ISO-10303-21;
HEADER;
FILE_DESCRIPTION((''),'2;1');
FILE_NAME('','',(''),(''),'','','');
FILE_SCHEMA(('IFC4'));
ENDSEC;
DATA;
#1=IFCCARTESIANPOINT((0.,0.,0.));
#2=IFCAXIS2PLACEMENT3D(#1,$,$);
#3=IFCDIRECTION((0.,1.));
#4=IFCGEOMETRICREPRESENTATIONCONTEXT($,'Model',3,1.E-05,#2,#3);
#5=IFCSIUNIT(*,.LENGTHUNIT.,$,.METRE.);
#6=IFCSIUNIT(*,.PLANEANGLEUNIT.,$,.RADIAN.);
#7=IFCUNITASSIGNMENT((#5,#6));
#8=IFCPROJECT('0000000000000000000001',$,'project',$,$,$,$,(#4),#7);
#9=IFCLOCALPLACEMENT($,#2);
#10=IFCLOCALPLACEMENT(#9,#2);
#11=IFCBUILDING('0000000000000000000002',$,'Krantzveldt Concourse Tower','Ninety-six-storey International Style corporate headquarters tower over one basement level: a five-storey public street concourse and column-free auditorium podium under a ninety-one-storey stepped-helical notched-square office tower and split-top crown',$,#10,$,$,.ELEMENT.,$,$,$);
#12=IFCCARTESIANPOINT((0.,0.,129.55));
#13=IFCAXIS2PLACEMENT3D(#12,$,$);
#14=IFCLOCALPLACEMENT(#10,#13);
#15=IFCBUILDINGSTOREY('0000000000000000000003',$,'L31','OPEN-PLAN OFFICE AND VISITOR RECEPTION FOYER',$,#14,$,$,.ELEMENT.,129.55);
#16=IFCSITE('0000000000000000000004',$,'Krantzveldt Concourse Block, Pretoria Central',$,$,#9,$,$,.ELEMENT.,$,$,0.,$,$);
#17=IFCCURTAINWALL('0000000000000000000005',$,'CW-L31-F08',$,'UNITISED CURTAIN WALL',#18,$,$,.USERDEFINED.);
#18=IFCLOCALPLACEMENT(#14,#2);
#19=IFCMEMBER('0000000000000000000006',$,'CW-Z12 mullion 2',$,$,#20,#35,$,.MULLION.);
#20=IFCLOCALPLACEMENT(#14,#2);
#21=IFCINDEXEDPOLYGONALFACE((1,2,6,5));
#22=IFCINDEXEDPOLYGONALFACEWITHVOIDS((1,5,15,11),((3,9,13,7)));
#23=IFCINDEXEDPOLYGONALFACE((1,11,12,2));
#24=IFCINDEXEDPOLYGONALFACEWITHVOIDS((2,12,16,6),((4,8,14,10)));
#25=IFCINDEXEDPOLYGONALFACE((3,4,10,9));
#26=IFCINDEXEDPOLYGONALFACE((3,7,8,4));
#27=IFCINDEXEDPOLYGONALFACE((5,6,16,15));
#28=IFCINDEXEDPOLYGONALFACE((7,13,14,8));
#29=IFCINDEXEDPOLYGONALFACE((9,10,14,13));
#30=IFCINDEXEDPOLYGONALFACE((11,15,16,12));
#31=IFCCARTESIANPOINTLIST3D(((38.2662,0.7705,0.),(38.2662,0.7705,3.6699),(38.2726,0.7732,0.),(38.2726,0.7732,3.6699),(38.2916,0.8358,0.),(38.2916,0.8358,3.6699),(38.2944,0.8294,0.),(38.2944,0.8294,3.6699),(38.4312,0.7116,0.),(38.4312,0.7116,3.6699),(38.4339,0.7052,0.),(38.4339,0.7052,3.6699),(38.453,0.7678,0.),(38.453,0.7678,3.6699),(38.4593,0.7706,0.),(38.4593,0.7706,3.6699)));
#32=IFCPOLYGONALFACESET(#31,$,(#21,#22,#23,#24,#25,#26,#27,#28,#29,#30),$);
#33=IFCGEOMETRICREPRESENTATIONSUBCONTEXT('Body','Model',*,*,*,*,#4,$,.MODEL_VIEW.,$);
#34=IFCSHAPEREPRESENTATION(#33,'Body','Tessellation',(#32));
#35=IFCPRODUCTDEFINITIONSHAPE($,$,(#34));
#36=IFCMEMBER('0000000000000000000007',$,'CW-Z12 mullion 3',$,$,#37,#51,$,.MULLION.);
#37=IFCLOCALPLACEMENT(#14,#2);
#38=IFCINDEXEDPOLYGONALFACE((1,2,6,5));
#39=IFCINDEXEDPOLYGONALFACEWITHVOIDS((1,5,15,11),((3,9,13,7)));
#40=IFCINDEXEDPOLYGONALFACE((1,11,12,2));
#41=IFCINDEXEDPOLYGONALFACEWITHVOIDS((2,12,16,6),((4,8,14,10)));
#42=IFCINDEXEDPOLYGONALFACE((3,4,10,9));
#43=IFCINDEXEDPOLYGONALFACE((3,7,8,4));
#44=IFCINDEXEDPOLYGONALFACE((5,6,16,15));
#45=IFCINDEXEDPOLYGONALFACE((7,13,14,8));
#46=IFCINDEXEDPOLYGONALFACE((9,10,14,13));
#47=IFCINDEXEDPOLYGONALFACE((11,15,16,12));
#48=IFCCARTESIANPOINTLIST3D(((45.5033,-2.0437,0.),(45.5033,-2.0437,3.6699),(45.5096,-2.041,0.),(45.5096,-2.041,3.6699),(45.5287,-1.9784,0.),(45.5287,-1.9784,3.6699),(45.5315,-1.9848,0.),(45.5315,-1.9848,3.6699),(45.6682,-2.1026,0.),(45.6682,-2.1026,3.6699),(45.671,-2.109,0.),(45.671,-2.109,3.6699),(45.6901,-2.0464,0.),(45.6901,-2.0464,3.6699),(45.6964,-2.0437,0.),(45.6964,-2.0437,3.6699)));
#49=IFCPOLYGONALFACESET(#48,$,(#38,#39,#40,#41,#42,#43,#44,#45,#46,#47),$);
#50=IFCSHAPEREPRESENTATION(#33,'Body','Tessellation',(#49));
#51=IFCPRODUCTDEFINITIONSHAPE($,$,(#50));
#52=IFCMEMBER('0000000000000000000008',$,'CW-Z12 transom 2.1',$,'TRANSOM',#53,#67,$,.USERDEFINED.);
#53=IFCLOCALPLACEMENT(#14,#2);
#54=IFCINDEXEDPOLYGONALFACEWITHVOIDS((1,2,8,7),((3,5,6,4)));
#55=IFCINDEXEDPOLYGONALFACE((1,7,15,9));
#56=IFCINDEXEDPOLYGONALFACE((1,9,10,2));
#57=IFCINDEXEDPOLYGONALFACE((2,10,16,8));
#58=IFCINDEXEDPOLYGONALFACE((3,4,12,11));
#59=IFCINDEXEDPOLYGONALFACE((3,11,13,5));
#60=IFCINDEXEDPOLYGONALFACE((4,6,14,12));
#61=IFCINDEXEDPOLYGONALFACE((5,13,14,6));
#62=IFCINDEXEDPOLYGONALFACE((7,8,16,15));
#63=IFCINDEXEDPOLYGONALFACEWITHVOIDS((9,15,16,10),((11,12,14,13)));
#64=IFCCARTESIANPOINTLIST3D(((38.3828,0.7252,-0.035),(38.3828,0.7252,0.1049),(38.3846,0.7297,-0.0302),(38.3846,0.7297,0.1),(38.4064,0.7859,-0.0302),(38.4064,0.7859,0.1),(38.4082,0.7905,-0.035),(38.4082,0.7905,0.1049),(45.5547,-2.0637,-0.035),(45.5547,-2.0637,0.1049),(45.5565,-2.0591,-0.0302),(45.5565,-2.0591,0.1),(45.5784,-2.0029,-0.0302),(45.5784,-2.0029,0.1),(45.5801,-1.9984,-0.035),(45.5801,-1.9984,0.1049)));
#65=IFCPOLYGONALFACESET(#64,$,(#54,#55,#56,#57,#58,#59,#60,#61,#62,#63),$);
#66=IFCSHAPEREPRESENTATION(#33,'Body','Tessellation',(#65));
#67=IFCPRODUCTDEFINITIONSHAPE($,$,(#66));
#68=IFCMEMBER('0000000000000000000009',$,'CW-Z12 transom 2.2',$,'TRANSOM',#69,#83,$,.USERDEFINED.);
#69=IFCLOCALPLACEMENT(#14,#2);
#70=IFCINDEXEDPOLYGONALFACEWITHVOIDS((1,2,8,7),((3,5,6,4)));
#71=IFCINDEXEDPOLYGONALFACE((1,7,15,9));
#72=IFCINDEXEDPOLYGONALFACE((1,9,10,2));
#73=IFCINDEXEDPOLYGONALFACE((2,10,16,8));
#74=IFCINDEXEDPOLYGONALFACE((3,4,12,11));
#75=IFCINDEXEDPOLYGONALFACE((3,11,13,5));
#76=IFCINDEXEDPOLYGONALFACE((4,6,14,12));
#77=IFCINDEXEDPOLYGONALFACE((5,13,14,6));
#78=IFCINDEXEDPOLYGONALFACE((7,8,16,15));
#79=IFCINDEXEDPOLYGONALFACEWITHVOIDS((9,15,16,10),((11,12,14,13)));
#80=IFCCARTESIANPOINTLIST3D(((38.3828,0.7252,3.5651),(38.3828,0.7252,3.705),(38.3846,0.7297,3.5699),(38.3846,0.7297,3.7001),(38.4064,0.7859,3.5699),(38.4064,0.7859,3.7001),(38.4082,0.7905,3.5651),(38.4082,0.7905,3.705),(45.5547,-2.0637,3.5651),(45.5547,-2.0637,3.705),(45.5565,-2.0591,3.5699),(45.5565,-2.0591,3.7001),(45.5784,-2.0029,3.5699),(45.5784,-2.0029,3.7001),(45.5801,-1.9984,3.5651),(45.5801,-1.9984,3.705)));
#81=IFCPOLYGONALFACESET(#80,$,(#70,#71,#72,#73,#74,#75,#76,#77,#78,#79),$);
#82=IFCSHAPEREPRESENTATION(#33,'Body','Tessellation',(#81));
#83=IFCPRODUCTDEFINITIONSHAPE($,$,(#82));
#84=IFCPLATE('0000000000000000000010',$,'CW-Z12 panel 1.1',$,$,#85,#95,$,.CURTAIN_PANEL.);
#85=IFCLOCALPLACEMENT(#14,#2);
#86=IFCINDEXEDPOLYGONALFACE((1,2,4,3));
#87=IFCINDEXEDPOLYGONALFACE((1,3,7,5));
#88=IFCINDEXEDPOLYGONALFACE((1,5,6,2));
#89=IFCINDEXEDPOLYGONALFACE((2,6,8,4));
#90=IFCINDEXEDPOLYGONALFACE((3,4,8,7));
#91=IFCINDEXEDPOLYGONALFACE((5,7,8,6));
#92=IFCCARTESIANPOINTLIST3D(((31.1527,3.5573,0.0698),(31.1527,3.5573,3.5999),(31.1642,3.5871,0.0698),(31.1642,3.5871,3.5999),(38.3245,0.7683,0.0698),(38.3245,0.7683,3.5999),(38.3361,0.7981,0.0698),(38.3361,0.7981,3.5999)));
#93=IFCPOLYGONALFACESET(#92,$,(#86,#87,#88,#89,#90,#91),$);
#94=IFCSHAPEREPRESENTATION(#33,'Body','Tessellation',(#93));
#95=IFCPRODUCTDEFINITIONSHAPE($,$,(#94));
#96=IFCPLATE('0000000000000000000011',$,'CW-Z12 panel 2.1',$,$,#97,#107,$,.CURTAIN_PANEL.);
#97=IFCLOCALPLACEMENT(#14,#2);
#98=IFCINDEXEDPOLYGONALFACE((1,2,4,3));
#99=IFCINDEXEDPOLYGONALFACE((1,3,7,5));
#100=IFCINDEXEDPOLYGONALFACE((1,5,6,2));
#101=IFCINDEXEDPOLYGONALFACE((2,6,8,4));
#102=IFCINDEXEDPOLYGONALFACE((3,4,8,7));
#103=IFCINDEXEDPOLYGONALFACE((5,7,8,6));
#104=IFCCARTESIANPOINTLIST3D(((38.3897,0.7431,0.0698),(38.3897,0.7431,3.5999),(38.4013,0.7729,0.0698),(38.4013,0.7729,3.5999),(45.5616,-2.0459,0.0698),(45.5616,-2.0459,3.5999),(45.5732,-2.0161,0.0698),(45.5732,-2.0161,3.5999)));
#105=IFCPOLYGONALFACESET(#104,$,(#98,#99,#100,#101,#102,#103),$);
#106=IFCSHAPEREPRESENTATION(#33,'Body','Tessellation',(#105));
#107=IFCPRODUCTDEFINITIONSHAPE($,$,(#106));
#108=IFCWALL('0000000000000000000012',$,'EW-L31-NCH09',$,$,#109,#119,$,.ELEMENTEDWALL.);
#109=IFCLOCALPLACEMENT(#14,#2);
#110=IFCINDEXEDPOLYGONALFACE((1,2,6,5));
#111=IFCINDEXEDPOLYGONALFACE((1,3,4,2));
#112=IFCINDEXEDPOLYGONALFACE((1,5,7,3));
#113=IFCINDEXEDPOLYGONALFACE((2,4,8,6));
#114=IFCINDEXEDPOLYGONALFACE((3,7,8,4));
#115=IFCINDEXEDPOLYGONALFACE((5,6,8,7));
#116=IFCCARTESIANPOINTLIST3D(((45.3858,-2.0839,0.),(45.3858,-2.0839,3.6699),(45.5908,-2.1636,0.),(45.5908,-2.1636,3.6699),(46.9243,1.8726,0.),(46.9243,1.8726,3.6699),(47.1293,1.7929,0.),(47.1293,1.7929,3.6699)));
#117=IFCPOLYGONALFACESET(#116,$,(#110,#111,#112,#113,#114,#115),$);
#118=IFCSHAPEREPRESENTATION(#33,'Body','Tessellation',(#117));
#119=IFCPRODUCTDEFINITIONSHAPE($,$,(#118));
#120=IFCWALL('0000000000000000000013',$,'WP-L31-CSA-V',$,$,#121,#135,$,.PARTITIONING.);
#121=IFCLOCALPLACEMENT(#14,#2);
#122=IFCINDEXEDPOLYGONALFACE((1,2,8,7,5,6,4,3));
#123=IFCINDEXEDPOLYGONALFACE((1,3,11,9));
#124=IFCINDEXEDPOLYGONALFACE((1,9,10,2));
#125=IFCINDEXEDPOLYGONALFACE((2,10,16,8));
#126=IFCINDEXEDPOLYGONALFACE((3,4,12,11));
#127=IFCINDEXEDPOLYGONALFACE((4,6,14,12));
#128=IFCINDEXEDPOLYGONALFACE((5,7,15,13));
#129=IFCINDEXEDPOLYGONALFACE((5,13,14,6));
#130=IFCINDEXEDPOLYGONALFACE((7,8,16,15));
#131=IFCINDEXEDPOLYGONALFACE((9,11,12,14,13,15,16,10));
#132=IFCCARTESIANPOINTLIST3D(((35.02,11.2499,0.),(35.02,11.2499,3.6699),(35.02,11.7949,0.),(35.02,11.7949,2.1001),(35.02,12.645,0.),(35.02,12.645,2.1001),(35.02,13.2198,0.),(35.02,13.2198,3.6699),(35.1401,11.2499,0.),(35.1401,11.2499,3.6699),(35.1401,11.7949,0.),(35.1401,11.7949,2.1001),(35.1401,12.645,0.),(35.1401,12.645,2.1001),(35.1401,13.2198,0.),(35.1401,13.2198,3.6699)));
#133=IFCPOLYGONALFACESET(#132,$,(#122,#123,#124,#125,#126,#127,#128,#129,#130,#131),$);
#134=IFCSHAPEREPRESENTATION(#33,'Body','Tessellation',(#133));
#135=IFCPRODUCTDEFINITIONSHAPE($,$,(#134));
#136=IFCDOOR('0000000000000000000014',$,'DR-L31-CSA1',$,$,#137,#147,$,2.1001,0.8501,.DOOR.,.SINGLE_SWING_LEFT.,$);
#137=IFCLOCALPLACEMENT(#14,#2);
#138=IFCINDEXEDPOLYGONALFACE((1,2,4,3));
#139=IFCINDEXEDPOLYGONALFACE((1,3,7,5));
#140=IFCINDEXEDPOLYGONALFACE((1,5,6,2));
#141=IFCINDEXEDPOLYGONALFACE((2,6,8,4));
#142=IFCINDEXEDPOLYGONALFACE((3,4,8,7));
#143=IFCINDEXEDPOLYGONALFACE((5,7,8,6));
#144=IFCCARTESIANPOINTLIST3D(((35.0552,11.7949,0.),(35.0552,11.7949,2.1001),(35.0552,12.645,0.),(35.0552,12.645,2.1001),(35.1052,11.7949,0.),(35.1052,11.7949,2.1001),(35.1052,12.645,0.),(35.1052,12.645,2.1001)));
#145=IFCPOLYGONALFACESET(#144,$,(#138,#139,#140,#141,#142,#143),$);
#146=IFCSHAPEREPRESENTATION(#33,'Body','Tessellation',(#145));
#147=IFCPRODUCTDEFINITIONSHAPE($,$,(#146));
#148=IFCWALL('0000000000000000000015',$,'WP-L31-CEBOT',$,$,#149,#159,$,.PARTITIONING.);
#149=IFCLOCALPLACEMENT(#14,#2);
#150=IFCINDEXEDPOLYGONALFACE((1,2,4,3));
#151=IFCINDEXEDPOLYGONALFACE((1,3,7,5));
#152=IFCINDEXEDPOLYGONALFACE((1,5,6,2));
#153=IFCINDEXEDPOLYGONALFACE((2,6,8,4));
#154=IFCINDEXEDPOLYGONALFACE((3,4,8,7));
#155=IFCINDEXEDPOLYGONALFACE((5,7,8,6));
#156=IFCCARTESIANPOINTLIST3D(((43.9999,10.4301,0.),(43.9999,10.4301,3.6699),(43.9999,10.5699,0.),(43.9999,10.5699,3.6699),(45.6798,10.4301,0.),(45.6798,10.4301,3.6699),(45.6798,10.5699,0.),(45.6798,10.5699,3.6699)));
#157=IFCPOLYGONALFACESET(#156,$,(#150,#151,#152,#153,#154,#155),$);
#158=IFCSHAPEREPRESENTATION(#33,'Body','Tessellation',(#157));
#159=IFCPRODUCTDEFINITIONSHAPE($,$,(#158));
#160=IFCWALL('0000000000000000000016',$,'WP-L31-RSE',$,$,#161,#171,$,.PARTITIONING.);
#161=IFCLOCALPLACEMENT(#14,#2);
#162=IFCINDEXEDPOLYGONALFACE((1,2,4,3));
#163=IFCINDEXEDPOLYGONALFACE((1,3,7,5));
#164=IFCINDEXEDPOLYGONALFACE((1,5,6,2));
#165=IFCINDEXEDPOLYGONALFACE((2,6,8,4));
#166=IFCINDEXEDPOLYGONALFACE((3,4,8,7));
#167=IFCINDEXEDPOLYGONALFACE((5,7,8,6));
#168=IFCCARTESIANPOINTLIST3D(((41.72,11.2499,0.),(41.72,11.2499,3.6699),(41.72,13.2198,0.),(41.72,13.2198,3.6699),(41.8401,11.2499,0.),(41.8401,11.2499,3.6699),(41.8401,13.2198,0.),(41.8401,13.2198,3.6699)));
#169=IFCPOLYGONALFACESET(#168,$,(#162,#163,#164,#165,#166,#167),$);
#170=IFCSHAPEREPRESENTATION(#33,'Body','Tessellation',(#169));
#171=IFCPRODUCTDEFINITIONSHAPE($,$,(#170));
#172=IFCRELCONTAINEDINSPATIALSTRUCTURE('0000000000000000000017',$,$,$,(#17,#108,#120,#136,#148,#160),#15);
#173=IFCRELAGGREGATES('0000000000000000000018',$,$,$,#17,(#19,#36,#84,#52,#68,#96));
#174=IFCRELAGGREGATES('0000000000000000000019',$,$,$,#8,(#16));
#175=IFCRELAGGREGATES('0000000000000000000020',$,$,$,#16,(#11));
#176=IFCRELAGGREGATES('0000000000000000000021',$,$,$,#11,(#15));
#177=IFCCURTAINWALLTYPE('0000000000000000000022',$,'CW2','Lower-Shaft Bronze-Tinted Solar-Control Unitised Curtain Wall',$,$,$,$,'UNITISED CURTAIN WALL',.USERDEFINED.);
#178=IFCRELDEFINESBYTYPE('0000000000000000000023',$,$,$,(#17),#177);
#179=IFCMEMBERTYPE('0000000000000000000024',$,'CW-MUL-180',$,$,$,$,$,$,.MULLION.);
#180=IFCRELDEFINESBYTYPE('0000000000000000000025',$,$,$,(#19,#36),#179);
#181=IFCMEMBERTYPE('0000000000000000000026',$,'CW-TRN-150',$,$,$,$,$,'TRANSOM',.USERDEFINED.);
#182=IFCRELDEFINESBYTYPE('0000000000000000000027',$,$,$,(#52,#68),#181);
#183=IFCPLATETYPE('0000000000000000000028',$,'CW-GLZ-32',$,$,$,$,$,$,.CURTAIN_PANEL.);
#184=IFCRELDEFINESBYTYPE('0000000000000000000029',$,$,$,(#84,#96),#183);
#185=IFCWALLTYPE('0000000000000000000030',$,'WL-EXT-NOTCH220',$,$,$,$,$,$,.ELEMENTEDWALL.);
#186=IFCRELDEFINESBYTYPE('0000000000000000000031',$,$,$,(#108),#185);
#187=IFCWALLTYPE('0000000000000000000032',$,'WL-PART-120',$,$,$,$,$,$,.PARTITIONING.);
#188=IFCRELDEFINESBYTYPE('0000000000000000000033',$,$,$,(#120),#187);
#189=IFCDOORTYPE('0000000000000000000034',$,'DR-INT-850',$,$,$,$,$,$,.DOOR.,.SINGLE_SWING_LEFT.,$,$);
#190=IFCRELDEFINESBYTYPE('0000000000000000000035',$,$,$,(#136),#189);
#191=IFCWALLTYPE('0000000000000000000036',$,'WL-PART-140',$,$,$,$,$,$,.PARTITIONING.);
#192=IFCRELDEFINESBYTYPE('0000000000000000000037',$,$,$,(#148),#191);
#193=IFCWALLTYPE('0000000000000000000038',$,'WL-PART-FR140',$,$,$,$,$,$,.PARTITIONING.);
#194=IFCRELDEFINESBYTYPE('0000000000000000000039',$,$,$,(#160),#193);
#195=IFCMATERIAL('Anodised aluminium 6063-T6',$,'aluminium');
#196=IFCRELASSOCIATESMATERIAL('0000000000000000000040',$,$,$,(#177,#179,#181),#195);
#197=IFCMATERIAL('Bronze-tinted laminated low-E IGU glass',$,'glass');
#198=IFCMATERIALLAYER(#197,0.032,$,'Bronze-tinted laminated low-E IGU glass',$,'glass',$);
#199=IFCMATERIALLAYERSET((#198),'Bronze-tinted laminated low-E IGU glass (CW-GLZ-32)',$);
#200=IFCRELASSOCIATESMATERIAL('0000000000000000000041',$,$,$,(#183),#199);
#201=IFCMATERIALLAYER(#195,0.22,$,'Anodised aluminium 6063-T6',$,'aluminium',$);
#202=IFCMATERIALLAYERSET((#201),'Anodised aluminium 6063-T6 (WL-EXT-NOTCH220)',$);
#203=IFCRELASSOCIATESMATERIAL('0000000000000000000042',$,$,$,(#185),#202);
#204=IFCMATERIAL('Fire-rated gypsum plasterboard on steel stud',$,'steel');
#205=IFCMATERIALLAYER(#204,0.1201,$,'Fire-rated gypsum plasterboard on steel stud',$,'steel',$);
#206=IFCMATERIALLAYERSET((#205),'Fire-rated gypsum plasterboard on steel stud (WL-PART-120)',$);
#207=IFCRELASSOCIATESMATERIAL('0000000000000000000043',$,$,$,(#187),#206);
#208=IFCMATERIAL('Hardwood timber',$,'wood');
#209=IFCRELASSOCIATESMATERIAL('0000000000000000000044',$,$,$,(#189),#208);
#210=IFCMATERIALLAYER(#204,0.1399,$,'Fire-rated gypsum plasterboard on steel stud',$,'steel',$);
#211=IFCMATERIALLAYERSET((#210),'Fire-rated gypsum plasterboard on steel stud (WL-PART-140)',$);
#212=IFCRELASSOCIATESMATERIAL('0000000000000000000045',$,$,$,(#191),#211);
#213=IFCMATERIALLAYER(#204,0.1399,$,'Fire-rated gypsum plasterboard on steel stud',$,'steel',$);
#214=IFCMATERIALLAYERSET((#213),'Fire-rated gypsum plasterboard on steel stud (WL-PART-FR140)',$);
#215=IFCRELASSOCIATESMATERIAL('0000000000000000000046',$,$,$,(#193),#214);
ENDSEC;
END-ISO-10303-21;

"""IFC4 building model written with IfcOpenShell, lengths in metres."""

from ifc_helpers import new_model, si_unit, direction, frame, frame_2d, origin, origin_2d, place, context, subcontext, project, spatial, rectangle, hollow_rectangle, extrude, source, transform, mapped, material, layer, layer_set, material_profile, profile_set, type_object, type_shapes, element, fill, aggregate, save


model = new_model("IFC4")

# Units and contexts
model_context = context("Model", 3, precision=1e-05, world=origin(), true_north=direction((0.0, 1.0)))
body_context = subcontext(model_context, "Body", "Model", "MODEL_VIEW")
ifc_project = project(units=[si_unit("LENGTHUNIT", "METRE"), si_unit("PLANEANGLEUNIT", "RADIAN")], contexts=[model_context])

# Site, building, storey
site_placement = place(None, origin())
site = spatial("IfcSite", under=ifc_project, at=site_placement, Name="Krantzveldt Concourse Block, Pretoria Central", CompositionType="ELEMENT", RefElevation=0.0)
building_placement = place(site_placement, origin())
building = spatial("IfcBuilding", under=site, at=building_placement, Name="Krantzveldt Concourse Tower", Description="Ninety-six-storey International Style corporate headquarters tower over one basement level: a five-storey public street concourse and column-free auditorium podium under a ninety-one-storey stepped-helical notched-square office tower and split-top crown", CompositionType="ELEMENT")
storey_placement = place(building_placement, frame((0.0, 0.0, 129.55)))
storey = spatial("IfcBuildingStorey", under=building, at=storey_placement, Name="L31", Description="OPEN-PLAN OFFICE AND VISITOR RECEPTION FOYER", CompositionType="ELEMENT", Elevation=129.55)

# Curtain wall, members, plates
ifc_material_1 = material(Name="Anodised aluminium 6063-T6", Category="aluminium")
curtain_wall_type = type_object("IfcCurtainWallType", Name="CW2", Description="Lower-Shaft Bronze-Tinted Solar-Control Unitised Curtain Wall", ElementType="UNITISED CURTAIN WALL", PredefinedType="USERDEFINED", material=ifc_material_1)
curtain_wall_placement = place(storey_placement, origin())
curtain_wall = element("IfcCurtainWall", 1, at=curtain_wall_placement, inside=storey, type_object=curtain_wall_type, Name="CW-L31-F08", ObjectType="UNITISED CURTAIN WALL", PredefinedType="USERDEFINED")
ifc_material_profile_1 = material_profile(ifc_material_1, hollow_rectangle(XDim=0.0701, YDim=0.1799, WallThickness=0.0049, at=origin_2d()), Name="Anodised aluminium 6063-T6", Category="aluminium")
ifc_profile_set_1 = profile_set([ifc_material_profile_1], Name="Anodised aluminium 6063-T6 - ALU-MULL 180x70x5")
member_type_1 = type_object("IfcMemberType", Name="CW-MUL-180", PredefinedType="MULLION", material=ifc_profile_set_1)
shared_shape_1 = source(origin(), body_context, "Body", "SweptSolid", [
    extrude(hollow_rectangle(XDim=0.0701, YDim=0.1799, WallThickness=0.0049, at=origin_2d()), origin(), (0.0, 0.0, 1.0), 3.6699),
])
type_shapes(member_type_1, [shared_shape_1])
member_1_placement = place(storey_placement, frame((38.3628, 0.7705, 0.0), z_axis=(0.0, 0.0, 1.0), x_axis=(0.362438, 0.932008, 0.0)))
member_1 = element("IfcMember", 2, at=member_1_placement, type_object=member_type_1, Name="CW-Z12 mullion 2", PredefinedType="MULLION", context=body_context, shape_type="MappedRepresentation", body=[
    mapped(shared_shape_1, transform((0.0, 0.0, 0.0), x_axis=(1.0, 0.0, 0.0), y_axis=(0.0, 1.0, 0.0), z_axis=(0.0, 0.0, 1.0), scale=1.0)),
])
member_2_placement = place(storey_placement, frame((45.5999, -2.0437, 0.0), z_axis=(0.0, 0.0, 1.0), x_axis=(0.362438, 0.932008, 0.0)))
member_2 = element("IfcMember", 3, at=member_2_placement, type_object=member_type_1, Name="CW-Z12 mullion 3", PredefinedType="MULLION", context=body_context, shape_type="MappedRepresentation", body=[
    mapped(shared_shape_1, transform((0.0, 0.0, 0.0), x_axis=(1.0, 0.0, 0.0), y_axis=(0.0, 1.0, 0.0), z_axis=(0.0, 0.0, 1.0), scale=1.0)),
])
ifc_material_profile_2 = material_profile(ifc_material_1, hollow_rectangle(XDim=0.0701, YDim=0.1399, WallThickness=0.0049, at=origin_2d()), Name="Anodised aluminium 6063-T6", Category="aluminium")
ifc_profile_set_2 = profile_set([ifc_material_profile_2], Name="Anodised aluminium 6063-T6 - ALU-TRAN 140x70x5")
member_type_2 = type_object("IfcMemberType", Name="CW-TRN-150", ElementType="TRANSOM", PredefinedType="USERDEFINED", material=ifc_profile_set_2)
shared_shape_2 = source(origin(), body_context, "Body", "SweptSolid", [
    extrude(hollow_rectangle(XDim=0.0701, YDim=0.1399, WallThickness=0.0049, at=origin_2d()), origin(), (0.0, 0.0, 1.0), 7.6951),
])
type_shapes(member_type_2, [shared_shape_2])
member_3_placement = place(storey_placement, frame((38.3955, 0.7578, 0.0349), z_axis=(0.932015, -0.362419, 0.0), x_axis=(0.362419, 0.932015, 0.0)))
member_3 = element("IfcMember", 4, at=member_3_placement, type_object=member_type_2, Name="CW-Z12 transom 2.1", ObjectType="TRANSOM", PredefinedType="USERDEFINED", context=body_context, shape_type="MappedRepresentation", body=[
    mapped(shared_shape_2, transform((0.0, 0.0, 0.0), x_axis=(1.0, 0.0, 0.0), y_axis=(0.0, 1.0, 0.0), z_axis=(0.0, 0.0, 1.0), scale=1.0)),
])
member_4_placement = place(storey_placement, frame((38.3955, 0.7578, 3.635), z_axis=(0.932015, -0.362419, 0.0), x_axis=(0.362419, 0.932015, 0.0)))
member_4 = element("IfcMember", 5, at=member_4_placement, type_object=member_type_2, Name="CW-Z12 transom 2.2", ObjectType="TRANSOM", PredefinedType="USERDEFINED", context=body_context, shape_type="MappedRepresentation", body=[
    mapped(shared_shape_2, transform((0.0, 0.0, 0.0), x_axis=(1.0, 0.0, 0.0), y_axis=(0.0, 1.0, 0.0), z_axis=(0.0, 0.0, 1.0), scale=1.0)),
])
ifc_material_2 = material(Name="Bronze-tinted laminated low-E IGU glass", Category="glass")
ifc_layer_1 = layer(ifc_material_2, 0.032, Name="Bronze-tinted laminated low-E IGU glass", Category="glass")
ifc_layer_set_1 = layer_set([ifc_layer_1], Name="Bronze-tinted laminated low-E IGU glass (CW-GLZ-32)")
plate_type = type_object("IfcPlateType", Name="CW-GLZ-32", PredefinedType="CURTAIN_PANEL", material=ifc_layer_set_1)
shared_shape_3 = source(origin(), body_context, "Body", "SweptSolid", [
    extrude(rectangle(XDim=7.6951, YDim=0.032, at=origin_2d()), origin(), (0.0, 0.0, 1.0), 3.53),
])
type_shapes(plate_type, [shared_shape_3])
plate_1_placement = place(storey_placement, frame((34.7444, 2.1777, 0.0698), z_axis=(0.0, 0.0, 1.0), x_axis=(0.932008, -0.362438, 0.0)))
plate_1 = element("IfcPlate", 6, at=plate_1_placement, type_object=plate_type, Name="CW-Z12 panel 1.1", PredefinedType="CURTAIN_PANEL", context=body_context, shape_type="MappedRepresentation", body=[
    mapped(shared_shape_3, transform((0.0, 0.0, 0.0), x_axis=(1.0, 0.0, 0.0), y_axis=(0.0, 1.0, 0.0), z_axis=(0.0, 0.0, 1.0), scale=1.0)),
])
plate_2_placement = place(storey_placement, frame((41.9814, -0.6365, 0.0698), z_axis=(0.0, 0.0, 1.0), x_axis=(0.932008, -0.362438, 0.0)))
plate_2 = element("IfcPlate", 7, at=plate_2_placement, type_object=plate_type, Name="CW-Z12 panel 2.1", PredefinedType="CURTAIN_PANEL", context=body_context, shape_type="MappedRepresentation", body=[
    mapped(shared_shape_3, transform((0.0, 0.0, 0.0), x_axis=(1.0, 0.0, 0.0), y_axis=(0.0, 1.0, 0.0), z_axis=(0.0, 0.0, 1.0), scale=1.0)),
])
aggregate(curtain_wall, [member_1, member_2, plate_1, member_3, member_4, plate_2])

# Wall
ifc_layer_2 = layer(ifc_material_1, 0.22, Name="Anodised aluminium 6063-T6", Category="aluminium")
ifc_layer_set_2 = layer_set([ifc_layer_2], Name="Anodised aluminium 6063-T6 (WL-EXT-NOTCH220)")
wall_type_1 = type_object("IfcWallType", Name="WL-EXT-NOTCH220", PredefinedType="ELEMENTEDWALL", material=ifc_layer_set_2)
wall_1_placement = place(storey_placement, frame((45.4883, -2.1238, 0.0), z_axis=(0.0, 0.0, 1.0), x_axis=(0.36243, 0.932011, 0.0)))
element("IfcWall", 8, at=wall_1_placement, inside=storey, type_object=wall_type_1, Name="EW-L31-NCH09", PredefinedType="ELEMENTEDWALL", context=body_context, shape_type="SweptSolid", body=[
    extrude(rectangle(XDim=4.2451, YDim=0.22, at=frame_2d((2.1226, 0.0))), origin(), (0.0, 0.0, 1.0), 3.6699),
])

# Wall, opening, door
ifc_material_3 = material(Name="Fire-rated gypsum plasterboard on steel stud", Category="steel")
ifc_layer_3 = layer(ifc_material_3, 0.1201, Name="Fire-rated gypsum plasterboard on steel stud", Category="steel")
ifc_layer_set_3 = layer_set([ifc_layer_3], Name="Fire-rated gypsum plasterboard on steel stud (WL-PART-120)")
wall_type_2 = type_object("IfcWallType", Name="WL-PART-120", PredefinedType="PARTITIONING", material=ifc_layer_set_3)
wall_2_placement = place(storey_placement, frame((35.0801, 11.25, 0.0), z_axis=(0.0, 0.0, 1.0), x_axis=(0.0, 1.0, 0.0)))
wall_2 = element("IfcWall", 9, at=wall_2_placement, inside=storey, type_object=wall_type_2, Name="WP-L31-CSA-V", PredefinedType="PARTITIONING", context=body_context, shape_type="SweptSolid", body=[
    extrude(rectangle(XDim=1.97, YDim=0.1201, at=frame_2d((0.9849, 0.0))), origin(), (0.0, 0.0, 1.0), 3.6699),
])
opening_1_placement = place(wall_2_placement, frame((0.5449, 0.0, 0.0)))
opening_1 = element("IfcOpeningElement", 10, at=opening_1_placement, cuts=wall_2, PredefinedType="OPENING", context=body_context, shape_type="SweptSolid", body=[
    extrude(rectangle(XDim=0.8501, YDim=2.1001, at=frame_2d((0.425, 1.05))), frame((0.0, 0.0701, 0.0), z_axis=(0.0, -1.0, 0.0), x_axis=(1.0, 0.0, 0.0)), (0.0, 0.0, 1.0), 0.1401),
])
ifc_material_4 = material(Name="Hardwood timber", Category="wood")
door_type_1 = type_object("IfcDoorType", Name="DR-INT-850", OperationType="SINGLE_SWING_LEFT", PredefinedType="DOOR", material=ifc_material_4)
door_1_placement = place(opening_1_placement, origin())
door_1 = element("IfcDoor", 11, at=door_1_placement, inside=storey, type_object=door_type_1, Name="DR-L31-CSA1", OperationType="SINGLE_SWING_LEFT", OverallHeight=2.1001, OverallWidth=0.8501, PredefinedType="DOOR", context=body_context, shape_type="SweptSolid", body=[
    extrude(rectangle(XDim=0.8501, YDim=2.1001, at=frame_2d((0.425, 1.05))), frame((0.0, 0.0249, 0.0), z_axis=(0.0, -1.0, 0.0), x_axis=(1.0, 0.0, 0.0)), (0.0, 0.0, 1.0), 0.05),
])
fill(opening_1, door_1)

# Wall
ifc_layer_4 = layer(ifc_material_3, 0.1399, Name="Fire-rated gypsum plasterboard on steel stud", Category="steel")
ifc_layer_set_4 = layer_set([ifc_layer_4], Name="Fire-rated gypsum plasterboard on steel stud (WL-PART-140)")
wall_type_3 = type_object("IfcWallType", Name="WL-PART-140", PredefinedType="PARTITIONING", material=ifc_layer_set_4)
wall_3_placement = place(storey_placement, frame((44.0, 10.5, 0.0), z_axis=(0.0, 0.0, 1.0), x_axis=(1.0, 0.0, 0.0)))
element("IfcWall", 12, at=wall_3_placement, inside=storey, type_object=wall_type_3, Name="WP-L31-CEBOT", PredefinedType="PARTITIONING", context=body_context, shape_type="SweptSolid", body=[
    extrude(rectangle(XDim=1.6799, YDim=0.1399, at=frame_2d((0.8398, 0.0))), origin(), (0.0, 0.0, 1.0), 3.6699),
])

# Shared definitions
ifc_layer_5 = layer(ifc_material_3, 0.1399, Name="Fire-rated gypsum plasterboard on steel stud", Category="steel")
ifc_layer_set_5 = layer_set([ifc_layer_5], Name="Fire-rated gypsum plasterboard on steel stud (WL-PART-FR140)")
wall_type_4 = type_object("IfcWallType", Name="WL-PART-FR140", PredefinedType="PARTITIONING", material=ifc_layer_set_5)

# Wall
wall_4_placement = place(storey_placement, frame((41.78, 11.25, 0.0), z_axis=(0.0, 0.0, 1.0), x_axis=(0.0, 1.0, 0.0)))
element("IfcWall", 13, at=wall_4_placement, inside=storey, type_object=wall_type_4, Name="WP-L31-RSE", PredefinedType="PARTITIONING", context=body_context, shape_type="SweptSolid", body=[
    extrude(rectangle(XDim=1.97, YDim=0.1201, at=frame_2d((0.9849, 0.0))), origin(), (0.0, 0.0, 1.0), 3.6699),
])

save(model, "model.ifc")
